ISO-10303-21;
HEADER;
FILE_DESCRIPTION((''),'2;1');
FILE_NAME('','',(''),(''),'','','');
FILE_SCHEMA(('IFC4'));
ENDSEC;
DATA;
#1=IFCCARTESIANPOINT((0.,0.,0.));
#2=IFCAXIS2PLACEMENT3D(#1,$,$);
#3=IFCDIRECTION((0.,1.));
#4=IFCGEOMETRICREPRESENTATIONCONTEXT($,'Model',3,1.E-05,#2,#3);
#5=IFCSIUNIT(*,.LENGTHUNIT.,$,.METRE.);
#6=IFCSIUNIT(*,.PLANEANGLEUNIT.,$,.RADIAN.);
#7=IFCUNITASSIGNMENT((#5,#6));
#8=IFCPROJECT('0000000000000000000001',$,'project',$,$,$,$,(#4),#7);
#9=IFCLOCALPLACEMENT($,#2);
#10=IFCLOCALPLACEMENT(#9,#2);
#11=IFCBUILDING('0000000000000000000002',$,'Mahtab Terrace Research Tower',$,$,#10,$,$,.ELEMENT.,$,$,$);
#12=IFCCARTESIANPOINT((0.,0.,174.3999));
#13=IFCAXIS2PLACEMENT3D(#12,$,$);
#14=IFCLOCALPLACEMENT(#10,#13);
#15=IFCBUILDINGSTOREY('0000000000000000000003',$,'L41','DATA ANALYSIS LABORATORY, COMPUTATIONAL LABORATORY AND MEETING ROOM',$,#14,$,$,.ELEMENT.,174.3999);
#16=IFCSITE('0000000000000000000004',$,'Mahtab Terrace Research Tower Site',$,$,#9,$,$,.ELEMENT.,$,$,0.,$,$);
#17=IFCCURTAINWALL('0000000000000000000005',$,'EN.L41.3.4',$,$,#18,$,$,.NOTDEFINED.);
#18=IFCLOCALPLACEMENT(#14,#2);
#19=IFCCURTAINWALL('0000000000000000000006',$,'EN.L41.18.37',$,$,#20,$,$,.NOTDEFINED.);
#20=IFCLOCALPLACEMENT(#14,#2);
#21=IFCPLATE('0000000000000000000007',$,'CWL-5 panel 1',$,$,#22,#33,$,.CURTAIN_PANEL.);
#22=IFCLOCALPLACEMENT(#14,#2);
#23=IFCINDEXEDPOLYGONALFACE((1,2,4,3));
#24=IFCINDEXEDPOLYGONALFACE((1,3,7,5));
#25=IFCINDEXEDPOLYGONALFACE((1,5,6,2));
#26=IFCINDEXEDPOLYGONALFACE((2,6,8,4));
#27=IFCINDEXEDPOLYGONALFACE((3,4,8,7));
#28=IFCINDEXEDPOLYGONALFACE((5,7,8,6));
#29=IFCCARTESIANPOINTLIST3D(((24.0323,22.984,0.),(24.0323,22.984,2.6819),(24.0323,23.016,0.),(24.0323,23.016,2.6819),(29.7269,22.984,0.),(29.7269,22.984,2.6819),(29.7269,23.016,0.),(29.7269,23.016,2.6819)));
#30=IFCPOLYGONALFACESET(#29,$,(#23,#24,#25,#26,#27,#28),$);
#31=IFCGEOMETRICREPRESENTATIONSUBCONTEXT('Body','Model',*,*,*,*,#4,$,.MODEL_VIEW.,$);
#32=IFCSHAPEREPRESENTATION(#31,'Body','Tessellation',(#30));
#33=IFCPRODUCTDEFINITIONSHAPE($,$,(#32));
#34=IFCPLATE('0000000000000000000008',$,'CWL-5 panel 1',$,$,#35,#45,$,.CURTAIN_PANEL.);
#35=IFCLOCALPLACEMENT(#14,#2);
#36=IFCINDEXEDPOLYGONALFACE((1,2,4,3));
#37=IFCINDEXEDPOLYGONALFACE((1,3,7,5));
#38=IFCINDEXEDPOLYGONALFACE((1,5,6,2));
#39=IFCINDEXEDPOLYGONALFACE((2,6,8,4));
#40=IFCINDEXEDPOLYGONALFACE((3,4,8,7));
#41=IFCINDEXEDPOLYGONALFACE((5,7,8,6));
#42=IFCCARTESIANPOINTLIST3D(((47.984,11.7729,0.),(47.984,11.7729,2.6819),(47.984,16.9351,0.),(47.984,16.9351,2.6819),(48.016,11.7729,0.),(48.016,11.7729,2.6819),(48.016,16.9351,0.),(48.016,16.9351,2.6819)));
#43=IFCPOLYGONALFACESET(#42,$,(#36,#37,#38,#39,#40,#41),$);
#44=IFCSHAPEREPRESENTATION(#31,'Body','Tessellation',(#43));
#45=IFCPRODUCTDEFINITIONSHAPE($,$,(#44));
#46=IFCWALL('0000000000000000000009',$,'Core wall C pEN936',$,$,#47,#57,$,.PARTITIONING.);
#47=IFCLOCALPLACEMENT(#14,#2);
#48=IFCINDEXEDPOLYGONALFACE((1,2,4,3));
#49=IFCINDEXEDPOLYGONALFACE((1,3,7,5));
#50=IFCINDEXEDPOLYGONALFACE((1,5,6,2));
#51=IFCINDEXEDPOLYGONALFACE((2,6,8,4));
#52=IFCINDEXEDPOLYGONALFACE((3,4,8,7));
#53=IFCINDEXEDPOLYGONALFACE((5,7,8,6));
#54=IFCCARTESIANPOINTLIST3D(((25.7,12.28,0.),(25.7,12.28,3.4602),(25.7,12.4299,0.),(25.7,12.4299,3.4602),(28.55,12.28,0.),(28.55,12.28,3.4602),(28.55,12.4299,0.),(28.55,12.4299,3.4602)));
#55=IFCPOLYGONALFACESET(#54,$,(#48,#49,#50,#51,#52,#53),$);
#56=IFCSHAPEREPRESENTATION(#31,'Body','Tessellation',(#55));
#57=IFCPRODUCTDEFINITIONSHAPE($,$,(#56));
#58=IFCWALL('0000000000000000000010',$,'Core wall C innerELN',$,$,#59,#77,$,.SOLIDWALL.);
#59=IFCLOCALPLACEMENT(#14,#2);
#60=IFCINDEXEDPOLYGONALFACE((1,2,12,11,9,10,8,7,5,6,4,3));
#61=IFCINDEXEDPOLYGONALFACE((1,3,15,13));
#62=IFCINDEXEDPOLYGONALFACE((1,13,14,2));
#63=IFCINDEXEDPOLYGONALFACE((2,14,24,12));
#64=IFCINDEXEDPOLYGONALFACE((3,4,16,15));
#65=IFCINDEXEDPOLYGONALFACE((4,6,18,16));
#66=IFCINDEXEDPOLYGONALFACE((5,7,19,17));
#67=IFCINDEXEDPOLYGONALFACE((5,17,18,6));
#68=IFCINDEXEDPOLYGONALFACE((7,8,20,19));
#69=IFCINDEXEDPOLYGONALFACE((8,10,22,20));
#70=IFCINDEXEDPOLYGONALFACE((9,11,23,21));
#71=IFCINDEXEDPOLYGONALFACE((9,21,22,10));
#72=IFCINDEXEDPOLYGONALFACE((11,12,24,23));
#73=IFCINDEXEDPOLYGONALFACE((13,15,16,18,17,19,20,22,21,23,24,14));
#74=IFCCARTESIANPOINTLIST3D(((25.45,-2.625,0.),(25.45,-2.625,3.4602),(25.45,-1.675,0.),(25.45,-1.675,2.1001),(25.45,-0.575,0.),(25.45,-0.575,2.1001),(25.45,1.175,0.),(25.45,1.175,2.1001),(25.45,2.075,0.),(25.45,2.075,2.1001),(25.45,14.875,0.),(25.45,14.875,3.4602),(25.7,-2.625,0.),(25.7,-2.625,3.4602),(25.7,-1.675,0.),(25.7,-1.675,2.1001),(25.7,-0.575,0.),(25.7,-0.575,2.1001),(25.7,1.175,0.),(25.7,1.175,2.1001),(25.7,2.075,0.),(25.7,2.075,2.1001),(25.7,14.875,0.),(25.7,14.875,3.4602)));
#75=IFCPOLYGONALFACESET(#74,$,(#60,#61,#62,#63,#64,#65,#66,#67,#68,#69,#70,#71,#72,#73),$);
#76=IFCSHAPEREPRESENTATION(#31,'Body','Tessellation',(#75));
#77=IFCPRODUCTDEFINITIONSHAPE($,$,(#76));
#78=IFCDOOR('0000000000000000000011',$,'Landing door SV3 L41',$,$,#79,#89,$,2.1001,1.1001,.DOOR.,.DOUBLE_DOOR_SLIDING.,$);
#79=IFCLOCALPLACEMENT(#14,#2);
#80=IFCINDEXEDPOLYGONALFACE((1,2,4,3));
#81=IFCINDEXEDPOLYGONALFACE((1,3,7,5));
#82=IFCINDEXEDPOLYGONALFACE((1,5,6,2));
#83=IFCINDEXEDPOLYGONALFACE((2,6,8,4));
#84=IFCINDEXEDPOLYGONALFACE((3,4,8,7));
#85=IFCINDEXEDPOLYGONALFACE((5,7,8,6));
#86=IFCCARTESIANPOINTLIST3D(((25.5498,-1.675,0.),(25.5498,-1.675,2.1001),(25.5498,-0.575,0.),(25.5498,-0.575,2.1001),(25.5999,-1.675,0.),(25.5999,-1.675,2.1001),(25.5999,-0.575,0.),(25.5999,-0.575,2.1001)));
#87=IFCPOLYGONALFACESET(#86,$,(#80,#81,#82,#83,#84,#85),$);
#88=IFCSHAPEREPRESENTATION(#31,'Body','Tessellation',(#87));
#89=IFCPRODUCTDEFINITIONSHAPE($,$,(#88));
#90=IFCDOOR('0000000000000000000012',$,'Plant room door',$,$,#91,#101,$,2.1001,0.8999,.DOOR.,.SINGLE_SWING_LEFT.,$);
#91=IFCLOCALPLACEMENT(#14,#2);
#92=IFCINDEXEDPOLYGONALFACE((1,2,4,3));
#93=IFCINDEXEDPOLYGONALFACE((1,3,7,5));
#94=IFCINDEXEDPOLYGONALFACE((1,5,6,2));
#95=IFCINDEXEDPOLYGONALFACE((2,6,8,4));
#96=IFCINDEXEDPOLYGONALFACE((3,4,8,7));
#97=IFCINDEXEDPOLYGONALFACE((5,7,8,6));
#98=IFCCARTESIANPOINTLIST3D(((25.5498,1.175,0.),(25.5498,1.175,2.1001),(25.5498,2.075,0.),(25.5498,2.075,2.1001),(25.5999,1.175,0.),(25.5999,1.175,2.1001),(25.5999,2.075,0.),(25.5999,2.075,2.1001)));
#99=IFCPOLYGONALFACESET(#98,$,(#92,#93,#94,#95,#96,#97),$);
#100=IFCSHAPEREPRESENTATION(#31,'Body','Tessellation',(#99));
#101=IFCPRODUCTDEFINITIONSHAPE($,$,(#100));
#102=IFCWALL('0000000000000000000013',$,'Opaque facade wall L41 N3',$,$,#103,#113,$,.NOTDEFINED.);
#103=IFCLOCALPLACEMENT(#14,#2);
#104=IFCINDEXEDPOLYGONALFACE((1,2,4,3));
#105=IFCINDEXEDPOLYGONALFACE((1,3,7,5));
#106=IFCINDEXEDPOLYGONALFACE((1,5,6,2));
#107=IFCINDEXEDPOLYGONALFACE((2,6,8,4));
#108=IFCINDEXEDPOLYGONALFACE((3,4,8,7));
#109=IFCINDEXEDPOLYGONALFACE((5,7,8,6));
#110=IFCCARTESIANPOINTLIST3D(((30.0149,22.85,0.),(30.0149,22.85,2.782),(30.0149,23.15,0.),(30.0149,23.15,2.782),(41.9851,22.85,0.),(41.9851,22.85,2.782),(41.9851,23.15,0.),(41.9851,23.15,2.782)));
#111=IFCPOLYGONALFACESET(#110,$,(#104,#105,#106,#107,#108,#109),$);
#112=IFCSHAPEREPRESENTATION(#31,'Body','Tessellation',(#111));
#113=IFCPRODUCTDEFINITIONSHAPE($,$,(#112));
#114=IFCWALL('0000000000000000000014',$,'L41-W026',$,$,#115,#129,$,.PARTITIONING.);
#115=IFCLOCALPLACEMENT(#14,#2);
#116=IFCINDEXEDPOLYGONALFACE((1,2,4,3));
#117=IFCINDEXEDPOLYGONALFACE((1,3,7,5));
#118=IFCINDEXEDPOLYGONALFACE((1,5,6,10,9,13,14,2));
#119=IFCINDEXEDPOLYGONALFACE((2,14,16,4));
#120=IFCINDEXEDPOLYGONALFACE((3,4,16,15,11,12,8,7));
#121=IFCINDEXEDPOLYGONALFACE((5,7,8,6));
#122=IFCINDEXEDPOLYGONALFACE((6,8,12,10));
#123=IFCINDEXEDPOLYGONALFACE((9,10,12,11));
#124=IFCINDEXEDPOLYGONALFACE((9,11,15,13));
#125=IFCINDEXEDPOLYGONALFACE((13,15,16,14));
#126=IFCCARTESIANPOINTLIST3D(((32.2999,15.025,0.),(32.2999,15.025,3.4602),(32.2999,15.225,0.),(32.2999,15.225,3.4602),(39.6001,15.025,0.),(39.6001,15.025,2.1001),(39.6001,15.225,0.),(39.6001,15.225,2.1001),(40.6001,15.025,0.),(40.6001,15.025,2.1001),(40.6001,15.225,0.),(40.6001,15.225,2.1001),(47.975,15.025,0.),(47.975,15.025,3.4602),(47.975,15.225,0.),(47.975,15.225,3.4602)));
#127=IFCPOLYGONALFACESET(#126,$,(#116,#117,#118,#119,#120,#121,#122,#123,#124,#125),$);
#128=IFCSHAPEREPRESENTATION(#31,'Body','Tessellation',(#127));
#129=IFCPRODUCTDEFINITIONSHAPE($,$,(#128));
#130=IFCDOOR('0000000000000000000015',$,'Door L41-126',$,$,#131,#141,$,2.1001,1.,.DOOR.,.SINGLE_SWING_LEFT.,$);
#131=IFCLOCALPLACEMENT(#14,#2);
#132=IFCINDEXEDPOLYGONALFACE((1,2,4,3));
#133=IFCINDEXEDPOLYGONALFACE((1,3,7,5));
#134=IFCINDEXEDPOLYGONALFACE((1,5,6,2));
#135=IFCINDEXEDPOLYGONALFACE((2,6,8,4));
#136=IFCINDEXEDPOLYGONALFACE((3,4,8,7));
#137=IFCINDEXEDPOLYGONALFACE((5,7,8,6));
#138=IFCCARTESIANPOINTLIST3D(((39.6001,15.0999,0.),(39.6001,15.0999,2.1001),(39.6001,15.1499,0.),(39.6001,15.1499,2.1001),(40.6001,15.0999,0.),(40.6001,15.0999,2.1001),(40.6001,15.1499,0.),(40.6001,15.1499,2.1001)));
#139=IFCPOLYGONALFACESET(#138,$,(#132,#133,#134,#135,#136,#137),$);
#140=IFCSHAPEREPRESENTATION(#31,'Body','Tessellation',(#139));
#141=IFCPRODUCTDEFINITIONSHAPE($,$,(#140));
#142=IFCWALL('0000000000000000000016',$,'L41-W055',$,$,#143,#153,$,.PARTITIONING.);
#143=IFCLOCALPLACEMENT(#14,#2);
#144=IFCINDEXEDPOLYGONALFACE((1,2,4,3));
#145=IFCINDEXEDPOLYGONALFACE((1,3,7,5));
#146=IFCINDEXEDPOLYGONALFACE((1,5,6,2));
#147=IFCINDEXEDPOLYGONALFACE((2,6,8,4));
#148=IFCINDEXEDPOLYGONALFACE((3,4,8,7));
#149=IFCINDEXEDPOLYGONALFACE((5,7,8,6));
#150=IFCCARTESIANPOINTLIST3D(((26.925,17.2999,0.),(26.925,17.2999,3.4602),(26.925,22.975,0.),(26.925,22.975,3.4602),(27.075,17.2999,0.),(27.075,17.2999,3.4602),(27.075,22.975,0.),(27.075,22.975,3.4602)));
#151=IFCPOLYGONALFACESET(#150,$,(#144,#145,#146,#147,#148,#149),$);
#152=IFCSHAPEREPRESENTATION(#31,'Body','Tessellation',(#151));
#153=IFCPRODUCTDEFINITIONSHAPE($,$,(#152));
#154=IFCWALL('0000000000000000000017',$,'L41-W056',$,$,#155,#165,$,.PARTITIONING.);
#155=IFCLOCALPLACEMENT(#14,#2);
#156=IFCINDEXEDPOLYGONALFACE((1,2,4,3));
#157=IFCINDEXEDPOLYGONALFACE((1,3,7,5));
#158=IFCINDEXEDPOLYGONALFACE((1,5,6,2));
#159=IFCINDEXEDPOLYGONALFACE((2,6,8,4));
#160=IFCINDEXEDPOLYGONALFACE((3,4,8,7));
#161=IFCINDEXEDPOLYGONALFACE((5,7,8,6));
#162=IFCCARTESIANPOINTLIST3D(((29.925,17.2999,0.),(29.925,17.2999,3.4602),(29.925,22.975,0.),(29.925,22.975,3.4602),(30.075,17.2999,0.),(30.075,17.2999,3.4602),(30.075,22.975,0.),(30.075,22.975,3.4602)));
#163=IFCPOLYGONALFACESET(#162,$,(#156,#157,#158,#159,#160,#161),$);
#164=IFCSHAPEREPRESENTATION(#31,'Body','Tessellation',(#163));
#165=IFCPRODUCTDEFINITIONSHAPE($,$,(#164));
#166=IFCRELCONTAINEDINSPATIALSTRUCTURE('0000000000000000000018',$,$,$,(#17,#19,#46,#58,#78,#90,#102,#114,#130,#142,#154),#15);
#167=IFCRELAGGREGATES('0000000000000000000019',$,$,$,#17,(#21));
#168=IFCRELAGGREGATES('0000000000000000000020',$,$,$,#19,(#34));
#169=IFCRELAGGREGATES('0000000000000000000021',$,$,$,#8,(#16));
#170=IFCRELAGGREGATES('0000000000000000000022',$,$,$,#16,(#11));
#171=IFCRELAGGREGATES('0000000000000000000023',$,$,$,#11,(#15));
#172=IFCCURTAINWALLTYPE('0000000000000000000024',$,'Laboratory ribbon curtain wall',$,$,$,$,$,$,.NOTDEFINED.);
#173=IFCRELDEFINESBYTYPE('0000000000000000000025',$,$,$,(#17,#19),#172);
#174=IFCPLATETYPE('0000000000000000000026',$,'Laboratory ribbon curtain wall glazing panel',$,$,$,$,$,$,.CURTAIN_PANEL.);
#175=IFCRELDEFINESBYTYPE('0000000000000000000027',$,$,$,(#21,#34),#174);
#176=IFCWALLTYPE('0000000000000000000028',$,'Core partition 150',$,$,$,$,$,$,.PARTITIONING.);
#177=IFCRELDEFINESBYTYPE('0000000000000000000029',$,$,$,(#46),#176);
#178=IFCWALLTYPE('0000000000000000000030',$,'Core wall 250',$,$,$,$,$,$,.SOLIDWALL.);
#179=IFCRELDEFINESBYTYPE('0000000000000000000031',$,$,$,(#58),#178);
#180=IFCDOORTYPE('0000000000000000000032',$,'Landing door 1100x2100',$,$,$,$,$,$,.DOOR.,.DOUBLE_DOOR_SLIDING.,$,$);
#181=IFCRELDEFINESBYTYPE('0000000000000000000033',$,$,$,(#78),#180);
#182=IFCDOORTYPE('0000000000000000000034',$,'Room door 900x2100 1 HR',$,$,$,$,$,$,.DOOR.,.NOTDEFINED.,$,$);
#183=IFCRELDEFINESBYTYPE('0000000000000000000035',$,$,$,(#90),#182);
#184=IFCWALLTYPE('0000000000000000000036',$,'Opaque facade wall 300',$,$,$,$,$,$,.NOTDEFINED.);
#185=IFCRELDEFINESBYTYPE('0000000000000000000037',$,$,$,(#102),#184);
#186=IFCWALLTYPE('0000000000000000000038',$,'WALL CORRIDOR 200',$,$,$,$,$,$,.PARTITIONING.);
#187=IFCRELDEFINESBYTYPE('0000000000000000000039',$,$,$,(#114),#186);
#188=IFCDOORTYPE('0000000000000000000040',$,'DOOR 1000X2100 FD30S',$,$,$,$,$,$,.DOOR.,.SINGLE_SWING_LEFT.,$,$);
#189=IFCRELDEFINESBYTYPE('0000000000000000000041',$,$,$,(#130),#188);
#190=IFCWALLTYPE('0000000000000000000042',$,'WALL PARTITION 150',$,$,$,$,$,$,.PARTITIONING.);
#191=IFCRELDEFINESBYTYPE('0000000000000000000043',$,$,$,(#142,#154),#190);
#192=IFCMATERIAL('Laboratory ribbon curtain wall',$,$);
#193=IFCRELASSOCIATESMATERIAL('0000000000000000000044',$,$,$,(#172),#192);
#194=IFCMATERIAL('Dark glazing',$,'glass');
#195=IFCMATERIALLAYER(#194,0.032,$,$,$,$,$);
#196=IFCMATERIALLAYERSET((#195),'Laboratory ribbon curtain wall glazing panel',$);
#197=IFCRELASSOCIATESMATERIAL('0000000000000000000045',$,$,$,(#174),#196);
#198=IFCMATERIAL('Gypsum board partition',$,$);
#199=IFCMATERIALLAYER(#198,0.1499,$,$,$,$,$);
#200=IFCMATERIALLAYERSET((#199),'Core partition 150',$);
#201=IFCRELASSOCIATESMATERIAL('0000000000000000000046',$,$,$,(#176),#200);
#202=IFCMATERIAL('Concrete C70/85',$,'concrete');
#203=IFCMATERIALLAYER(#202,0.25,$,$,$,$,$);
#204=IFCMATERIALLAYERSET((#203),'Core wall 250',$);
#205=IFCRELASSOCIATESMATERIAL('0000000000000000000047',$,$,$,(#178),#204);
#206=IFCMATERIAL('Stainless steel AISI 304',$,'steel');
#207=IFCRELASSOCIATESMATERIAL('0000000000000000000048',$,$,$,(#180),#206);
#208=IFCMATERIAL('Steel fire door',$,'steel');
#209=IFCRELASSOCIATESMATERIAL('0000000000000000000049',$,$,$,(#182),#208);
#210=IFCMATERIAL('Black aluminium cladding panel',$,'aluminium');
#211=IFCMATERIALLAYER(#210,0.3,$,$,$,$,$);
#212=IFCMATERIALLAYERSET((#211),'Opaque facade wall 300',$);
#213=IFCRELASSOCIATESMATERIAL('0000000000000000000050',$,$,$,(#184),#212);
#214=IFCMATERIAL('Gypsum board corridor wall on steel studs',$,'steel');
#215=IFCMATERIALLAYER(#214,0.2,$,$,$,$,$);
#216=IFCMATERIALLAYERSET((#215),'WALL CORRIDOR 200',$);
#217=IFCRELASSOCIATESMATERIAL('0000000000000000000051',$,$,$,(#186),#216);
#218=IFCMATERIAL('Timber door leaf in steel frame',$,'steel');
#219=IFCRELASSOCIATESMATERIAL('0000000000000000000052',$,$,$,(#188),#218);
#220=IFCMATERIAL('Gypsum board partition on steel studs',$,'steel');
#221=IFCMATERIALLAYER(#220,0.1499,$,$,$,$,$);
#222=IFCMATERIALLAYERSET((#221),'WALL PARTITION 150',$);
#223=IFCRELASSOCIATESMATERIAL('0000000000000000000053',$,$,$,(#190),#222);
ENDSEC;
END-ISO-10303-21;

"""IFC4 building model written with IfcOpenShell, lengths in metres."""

from ifc_helpers import new_model, si_unit, direction, frame, frame_2d, origin, origin_2d, place, context, subcontext, project, spatial, rectangle, extrude, material, layer, layer_set, type_object, element, fill, aggregate, save


model = new_model("IFC4")

# Units and contexts
model_context = context("Model", 3, precision=1e-05, world=origin(), true_north=direction((0.0, 1.0)))
body_context = subcontext(model_context, "Body", "Model", "MODEL_VIEW")
ifc_project = project(units=[si_unit("LENGTHUNIT", "METRE"), si_unit("PLANEANGLEUNIT", "RADIAN")], contexts=[model_context])

# Site, building, storey
site_placement = place(None, origin())
site = spatial("IfcSite", under=ifc_project, at=site_placement, Name="Mahtab Terrace Research Tower Site", CompositionType="ELEMENT", RefElevation=0.0)
building_placement = place(site_placement, origin())
building = spatial("IfcBuilding", under=site, at=building_placement, Name="Mahtab Terrace Research Tower", CompositionType="ELEMENT")
storey_placement = place(building_placement, frame((0.0, 0.0, 174.3999)))
storey = spatial("IfcBuildingStorey", under=building, at=storey_placement, Name="L41", Description="DATA ANALYSIS LABORATORY, COMPUTATIONAL LABORATORY AND MEETING ROOM", CompositionType="ELEMENT", Elevation=174.3999)

# Curtain walls
ifc_material_1 = material(Name="Laboratory ribbon curtain wall")
curtain_wall_type = type_object("IfcCurtainWallType", Name="Laboratory ribbon curtain wall", PredefinedType="NOTDEFINED", material=ifc_material_1)
curtain_wall_1_placement = place(storey_placement, origin())
curtain_wall_1 = element("IfcCurtainWall", 1, at=curtain_wall_1_placement, inside=storey, type_object=curtain_wall_type, Name="EN.L41.3.4", PredefinedType="NOTDEFINED")
curtain_wall_2_placement = place(storey_placement, origin())
curtain_wall_2 = element("IfcCurtainWall", 2, at=curtain_wall_2_placement, inside=storey, type_object=curtain_wall_type, Name="EN.L41.18.37", PredefinedType="NOTDEFINED")

# Plates
ifc_material_2 = material(Name="Dark glazing", Category="glass")
ifc_layer_1 = layer(ifc_material_2, 0.032)
ifc_layer_set_1 = layer_set([ifc_layer_1], Name="Laboratory ribbon curtain wall glazing panel")
plate_type = type_object("IfcPlateType", Name="Laboratory ribbon curtain wall glazing panel", PredefinedType="CURTAIN_PANEL", material=ifc_layer_set_1)
plate_1_placement = place(storey_placement, frame((26.8796, 23.0, 0.0), z_axis=(0.0, 0.0, 1.0), x_axis=(-1.0, 0.0, 0.0)))
plate_1 = element("IfcPlate", 3, at=plate_1_placement, type_object=plate_type, Name="CWL-5 panel 1", PredefinedType="CURTAIN_PANEL", context=body_context, shape_type="SweptSolid", body=[
    extrude(rectangle(XDim=5.6946, YDim=0.032, at=origin_2d()), origin(), (0.0, 0.0, 1.0), 2.6819),
])
aggregate(curtain_wall_1, [plate_1])
plate_2_placement = place(storey_placement, frame((48.0, 14.354, 0.0), z_axis=(0.0, 0.0, 1.0), x_axis=(0.0, 1.0, 0.0)))
plate_2 = element("IfcPlate", 4, at=plate_2_placement, type_object=plate_type, Name="CWL-5 panel 1", PredefinedType="CURTAIN_PANEL", context=body_context, shape_type="SweptSolid", body=[
    extrude(rectangle(XDim=5.1621, YDim=0.032, at=origin_2d()), origin(), (0.0, 0.0, 1.0), 2.6819),
])
aggregate(curtain_wall_2, [plate_2])

# Wall
ifc_material_3 = material(Name="Gypsum board partition")
ifc_layer_2 = layer(ifc_material_3, 0.1499)
ifc_layer_set_2 = layer_set([ifc_layer_2], Name="Core partition 150")
wall_type_1 = type_object("IfcWallType", Name="Core partition 150", PredefinedType="PARTITIONING", material=ifc_layer_set_2)
wall_1_placement = place(storey_placement, frame((25.7, 12.355, 0.0), z_axis=(0.0, 0.0, 1.0), x_axis=(1.0, 0.0, 0.0)))
element("IfcWall", 5, at=wall_1_placement, inside=storey, type_object=wall_type_1, Name="Core wall C pEN936", PredefinedType="PARTITIONING", context=body_context, shape_type="SweptSolid", body=[
    extrude(rectangle(XDim=2.8501, YDim=0.1499, at=frame_2d((1.425, 0.0))), origin(), (0.0, 0.0, 1.0), 3.4602),
])

# Wall, openings, doors
ifc_material_4 = material(Name="Concrete C70/85", Category="concrete")
ifc_layer_3 = layer(ifc_material_4, 0.25)
ifc_layer_set_3 = layer_set([ifc_layer_3], Name="Core wall 250")
wall_type_2 = type_object("IfcWallType", Name="Core wall 250", PredefinedType="SOLIDWALL", material=ifc_layer_set_3)
wall_2_placement = place(storey_placement, frame((25.575, 14.875, 0.0), z_axis=(0.0, 0.0, 1.0), x_axis=(0.0, -1.0, 0.0)))
wall_2 = element("IfcWall", 6, at=wall_2_placement, inside=storey, type_object=wall_type_2, Name="Core wall C innerELN", PredefinedType="SOLIDWALL", context=body_context, shape_type="SweptSolid", body=[
    extrude(rectangle(XDim=17.5, YDim=0.25, at=frame_2d((8.75, 0.0))), origin(), (0.0, 0.0, 1.0), 3.4602),
])
opening_1_placement = place(wall_2_placement, frame((15.45, 0.0, 0.0)))
opening_1 = element("IfcOpeningElement", 7, at=opening_1_placement, cuts=wall_2, PredefinedType="OPENING", context=body_context, shape_type="SweptSolid", body=[
    extrude(rectangle(XDim=1.1001, YDim=2.1001, at=frame_2d((0.55, 1.05))), frame((0.0, 0.135, 0.0), z_axis=(0.0, -1.0, 0.0), x_axis=(1.0, 0.0, 0.0)), (0.0, 0.0, 1.0), 0.27),
])
opening_2_placement = place(wall_2_placement, frame((12.8, 0.0, 0.0)))
opening_2 = element("IfcOpeningElement", 8, at=opening_2_placement, cuts=wall_2, PredefinedType="OPENING", context=body_context, shape_type="SweptSolid", body=[
    extrude(rectangle(XDim=0.8999, YDim=2.1001, at=frame_2d((0.45, 1.05))), frame((0.0, 0.135, 0.0), z_axis=(0.0, -1.0, 0.0), x_axis=(1.0, 0.0, 0.0)), (0.0, 0.0, 1.0), 0.27),
])
ifc_material_5 = material(Name="Stainless steel AISI 304", Category="steel")
door_type_1 = type_object("IfcDoorType", Name="Landing door 1100x2100", OperationType="DOUBLE_DOOR_SLIDING", PredefinedType="DOOR", material=ifc_material_5)
door_1_placement = place(opening_1_placement, origin())
door_1 = element("IfcDoor", 9, at=door_1_placement, inside=storey, type_object=door_type_1, Name="Landing door SV3 L41", OperationType="DOUBLE_DOOR_SLIDING", OverallHeight=2.1001, OverallWidth=1.1001, PredefinedType="DOOR", context=body_context, shape_type="SweptSolid", body=[
    extrude(rectangle(XDim=1.1001, YDim=2.1001, at=frame_2d((0.55, 1.05))), frame((0.0, 0.0249, 0.0), z_axis=(0.0, -1.0, 0.0), x_axis=(1.0, 0.0, 0.0)), (0.0, 0.0, 1.0), 0.05),
])
fill(opening_1, door_1)
ifc_material_6 = material(Name="Steel fire door", Category="steel")
door_type_2 = type_object("IfcDoorType", Name="Room door 900x2100 1 HR", OperationType="NOTDEFINED", PredefinedType="DOOR", material=ifc_material_6)
door_2_placement = place(opening_2_placement, origin())
door_2 = element("IfcDoor", 10, at=door_2_placement, inside=storey, type_object=door_type_2, Name="Plant room door", OperationType="SINGLE_SWING_LEFT", OverallHeight=2.1001, OverallWidth=0.8999, PredefinedType="DOOR", context=body_context, shape_type="SweptSolid", body=[
    extrude(rectangle(XDim=0.8999, YDim=2.1001, at=frame_2d((0.45, 1.05))), frame((0.0, 0.0249, 0.0), z_axis=(0.0, -1.0, 0.0), x_axis=(1.0, 0.0, 0.0)), (0.0, 0.0, 1.0), 0.05),
])
fill(opening_2, door_2)

# Wall
ifc_material_7 = material(Name="Black aluminium cladding panel", Category="aluminium")
ifc_layer_4 = layer(ifc_material_7, 0.3)
ifc_layer_set_4 = layer_set([ifc_layer_4], Name="Opaque facade wall 300")
wall_type_3 = type_object("IfcWallType", Name="Opaque facade wall 300", PredefinedType="NOTDEFINED", material=ifc_layer_set_4)
wall_3_placement = place(storey_placement, frame((41.9851, 23.0, 0.0), z_axis=(0.0, 0.0, 1.0), x_axis=(-1.0, 0.0, 0.0)))
element("IfcWall", 11, at=wall_3_placement, inside=storey, type_object=wall_type_3, Name="Opaque facade wall L41 N3", PredefinedType="NOTDEFINED", context=body_context, shape_type="SweptSolid", body=[
    extrude(rectangle(XDim=11.9702, YDim=0.3, at=frame_2d((5.9851, 0.0))), origin(), (0.0, 0.0, 1.0), 2.782),
])

# Wall, opening, door
ifc_material_8 = material(Name="Gypsum board corridor wall on steel studs", Category="steel")
ifc_layer_5 = layer(ifc_material_8, 0.2)
ifc_layer_set_5 = layer_set([ifc_layer_5], Name="WALL CORRIDOR 200")
wall_type_4 = type_object("IfcWallType", Name="WALL CORRIDOR 200", PredefinedType="PARTITIONING", material=ifc_layer_set_5)
wall_4_placement = place(storey_placement, frame((32.3, 15.125, 0.0), z_axis=(0.0, 0.0, 1.0), x_axis=(1.0, 0.0, 0.0)))
wall_4 = element("IfcWall", 12, at=wall_4_placement, inside=storey, type_object=wall_type_4, Name="L41-W026", PredefinedType="PARTITIONING", context=body_context, shape_type="SweptSolid", body=[
    extrude(rectangle(XDim=15.675, YDim=0.2, at=frame_2d((7.8374, 0.0))), origin(), (0.0, 0.0, 1.0), 3.4602),
])
opening_3_placement = place(wall_4_placement, frame((7.3, 0.0, 0.0)))
opening_3 = element("IfcOpeningElement", 13, at=opening_3_placement, cuts=wall_4, PredefinedType="OPENING", context=body_context, shape_type="SweptSolid", body=[
    extrude(rectangle(XDim=1.0, YDim=2.1001, at=frame_2d((0.5, 1.05))), frame((0.0, 0.1099, 0.0), z_axis=(0.0, -1.0, 0.0), x_axis=(1.0, 0.0, 0.0)), (0.0, 0.0, 1.0), 0.22),
])
ifc_material_9 = material(Name="Timber door leaf in steel frame", Category="steel")
door_type_3 = type_object("IfcDoorType", Name="DOOR 1000X2100 FD30S", OperationType="SINGLE_SWING_LEFT", PredefinedType="DOOR", material=ifc_material_9)
door_3_placement = place(opening_3_placement, origin())
door_3 = element("IfcDoor", 14, at=door_3_placement, inside=storey, type_object=door_type_3, Name="Door L41-126", OperationType="SINGLE_SWING_LEFT", OverallHeight=2.1001, OverallWidth=1.0, PredefinedType="DOOR", context=body_context, shape_type="SweptSolid", body=[
    extrude(rectangle(XDim=1.0, YDim=2.1001, at=frame_2d((0.5, 1.05))), frame((0.0, 0.0249, 0.0), z_axis=(0.0, -1.0, 0.0), x_axis=(1.0, 0.0, 0.0)), (0.0, 0.0, 1.0), 0.05),
])
fill(opening_3, door_3)

# Walls
ifc_material_10 = material(Name="Gypsum board partition on steel studs", Category="steel")
ifc_layer_6 = layer(ifc_material_10, 0.1499)
ifc_layer_set_6 = layer_set([ifc_layer_6], Name="WALL PARTITION 150")
wall_type_5 = type_object("IfcWallType", Name="WALL PARTITION 150", PredefinedType="PARTITIONING", material=ifc_layer_set_6)
for number, where, z_axis, x_axis, name in (
    (15, (27.0, 17.3, 0.0), (0.0, 0.0, 1.0), (0.0, 1.0, 0.0), "L41-W055"),
    (16, (30.0, 17.3, 0.0), (0.0, 0.0, 1.0), (0.0, 1.0, 0.0), "L41-W056"),
):
    element("IfcWall", number, at=place(storey_placement, frame(where, z_axis=z_axis, x_axis=x_axis)), inside=storey, type_object=wall_type_5, Name=name, PredefinedType="PARTITIONING", context=body_context, shape_type="SweptSolid", body=[
        extrude(rectangle(XDim=5.675, YDim=0.1499, at=frame_2d((2.8374, 0.0))), origin(), (0.0, 0.0, 1.0), 3.4602),
    ])

save(model, "model.ifc")
